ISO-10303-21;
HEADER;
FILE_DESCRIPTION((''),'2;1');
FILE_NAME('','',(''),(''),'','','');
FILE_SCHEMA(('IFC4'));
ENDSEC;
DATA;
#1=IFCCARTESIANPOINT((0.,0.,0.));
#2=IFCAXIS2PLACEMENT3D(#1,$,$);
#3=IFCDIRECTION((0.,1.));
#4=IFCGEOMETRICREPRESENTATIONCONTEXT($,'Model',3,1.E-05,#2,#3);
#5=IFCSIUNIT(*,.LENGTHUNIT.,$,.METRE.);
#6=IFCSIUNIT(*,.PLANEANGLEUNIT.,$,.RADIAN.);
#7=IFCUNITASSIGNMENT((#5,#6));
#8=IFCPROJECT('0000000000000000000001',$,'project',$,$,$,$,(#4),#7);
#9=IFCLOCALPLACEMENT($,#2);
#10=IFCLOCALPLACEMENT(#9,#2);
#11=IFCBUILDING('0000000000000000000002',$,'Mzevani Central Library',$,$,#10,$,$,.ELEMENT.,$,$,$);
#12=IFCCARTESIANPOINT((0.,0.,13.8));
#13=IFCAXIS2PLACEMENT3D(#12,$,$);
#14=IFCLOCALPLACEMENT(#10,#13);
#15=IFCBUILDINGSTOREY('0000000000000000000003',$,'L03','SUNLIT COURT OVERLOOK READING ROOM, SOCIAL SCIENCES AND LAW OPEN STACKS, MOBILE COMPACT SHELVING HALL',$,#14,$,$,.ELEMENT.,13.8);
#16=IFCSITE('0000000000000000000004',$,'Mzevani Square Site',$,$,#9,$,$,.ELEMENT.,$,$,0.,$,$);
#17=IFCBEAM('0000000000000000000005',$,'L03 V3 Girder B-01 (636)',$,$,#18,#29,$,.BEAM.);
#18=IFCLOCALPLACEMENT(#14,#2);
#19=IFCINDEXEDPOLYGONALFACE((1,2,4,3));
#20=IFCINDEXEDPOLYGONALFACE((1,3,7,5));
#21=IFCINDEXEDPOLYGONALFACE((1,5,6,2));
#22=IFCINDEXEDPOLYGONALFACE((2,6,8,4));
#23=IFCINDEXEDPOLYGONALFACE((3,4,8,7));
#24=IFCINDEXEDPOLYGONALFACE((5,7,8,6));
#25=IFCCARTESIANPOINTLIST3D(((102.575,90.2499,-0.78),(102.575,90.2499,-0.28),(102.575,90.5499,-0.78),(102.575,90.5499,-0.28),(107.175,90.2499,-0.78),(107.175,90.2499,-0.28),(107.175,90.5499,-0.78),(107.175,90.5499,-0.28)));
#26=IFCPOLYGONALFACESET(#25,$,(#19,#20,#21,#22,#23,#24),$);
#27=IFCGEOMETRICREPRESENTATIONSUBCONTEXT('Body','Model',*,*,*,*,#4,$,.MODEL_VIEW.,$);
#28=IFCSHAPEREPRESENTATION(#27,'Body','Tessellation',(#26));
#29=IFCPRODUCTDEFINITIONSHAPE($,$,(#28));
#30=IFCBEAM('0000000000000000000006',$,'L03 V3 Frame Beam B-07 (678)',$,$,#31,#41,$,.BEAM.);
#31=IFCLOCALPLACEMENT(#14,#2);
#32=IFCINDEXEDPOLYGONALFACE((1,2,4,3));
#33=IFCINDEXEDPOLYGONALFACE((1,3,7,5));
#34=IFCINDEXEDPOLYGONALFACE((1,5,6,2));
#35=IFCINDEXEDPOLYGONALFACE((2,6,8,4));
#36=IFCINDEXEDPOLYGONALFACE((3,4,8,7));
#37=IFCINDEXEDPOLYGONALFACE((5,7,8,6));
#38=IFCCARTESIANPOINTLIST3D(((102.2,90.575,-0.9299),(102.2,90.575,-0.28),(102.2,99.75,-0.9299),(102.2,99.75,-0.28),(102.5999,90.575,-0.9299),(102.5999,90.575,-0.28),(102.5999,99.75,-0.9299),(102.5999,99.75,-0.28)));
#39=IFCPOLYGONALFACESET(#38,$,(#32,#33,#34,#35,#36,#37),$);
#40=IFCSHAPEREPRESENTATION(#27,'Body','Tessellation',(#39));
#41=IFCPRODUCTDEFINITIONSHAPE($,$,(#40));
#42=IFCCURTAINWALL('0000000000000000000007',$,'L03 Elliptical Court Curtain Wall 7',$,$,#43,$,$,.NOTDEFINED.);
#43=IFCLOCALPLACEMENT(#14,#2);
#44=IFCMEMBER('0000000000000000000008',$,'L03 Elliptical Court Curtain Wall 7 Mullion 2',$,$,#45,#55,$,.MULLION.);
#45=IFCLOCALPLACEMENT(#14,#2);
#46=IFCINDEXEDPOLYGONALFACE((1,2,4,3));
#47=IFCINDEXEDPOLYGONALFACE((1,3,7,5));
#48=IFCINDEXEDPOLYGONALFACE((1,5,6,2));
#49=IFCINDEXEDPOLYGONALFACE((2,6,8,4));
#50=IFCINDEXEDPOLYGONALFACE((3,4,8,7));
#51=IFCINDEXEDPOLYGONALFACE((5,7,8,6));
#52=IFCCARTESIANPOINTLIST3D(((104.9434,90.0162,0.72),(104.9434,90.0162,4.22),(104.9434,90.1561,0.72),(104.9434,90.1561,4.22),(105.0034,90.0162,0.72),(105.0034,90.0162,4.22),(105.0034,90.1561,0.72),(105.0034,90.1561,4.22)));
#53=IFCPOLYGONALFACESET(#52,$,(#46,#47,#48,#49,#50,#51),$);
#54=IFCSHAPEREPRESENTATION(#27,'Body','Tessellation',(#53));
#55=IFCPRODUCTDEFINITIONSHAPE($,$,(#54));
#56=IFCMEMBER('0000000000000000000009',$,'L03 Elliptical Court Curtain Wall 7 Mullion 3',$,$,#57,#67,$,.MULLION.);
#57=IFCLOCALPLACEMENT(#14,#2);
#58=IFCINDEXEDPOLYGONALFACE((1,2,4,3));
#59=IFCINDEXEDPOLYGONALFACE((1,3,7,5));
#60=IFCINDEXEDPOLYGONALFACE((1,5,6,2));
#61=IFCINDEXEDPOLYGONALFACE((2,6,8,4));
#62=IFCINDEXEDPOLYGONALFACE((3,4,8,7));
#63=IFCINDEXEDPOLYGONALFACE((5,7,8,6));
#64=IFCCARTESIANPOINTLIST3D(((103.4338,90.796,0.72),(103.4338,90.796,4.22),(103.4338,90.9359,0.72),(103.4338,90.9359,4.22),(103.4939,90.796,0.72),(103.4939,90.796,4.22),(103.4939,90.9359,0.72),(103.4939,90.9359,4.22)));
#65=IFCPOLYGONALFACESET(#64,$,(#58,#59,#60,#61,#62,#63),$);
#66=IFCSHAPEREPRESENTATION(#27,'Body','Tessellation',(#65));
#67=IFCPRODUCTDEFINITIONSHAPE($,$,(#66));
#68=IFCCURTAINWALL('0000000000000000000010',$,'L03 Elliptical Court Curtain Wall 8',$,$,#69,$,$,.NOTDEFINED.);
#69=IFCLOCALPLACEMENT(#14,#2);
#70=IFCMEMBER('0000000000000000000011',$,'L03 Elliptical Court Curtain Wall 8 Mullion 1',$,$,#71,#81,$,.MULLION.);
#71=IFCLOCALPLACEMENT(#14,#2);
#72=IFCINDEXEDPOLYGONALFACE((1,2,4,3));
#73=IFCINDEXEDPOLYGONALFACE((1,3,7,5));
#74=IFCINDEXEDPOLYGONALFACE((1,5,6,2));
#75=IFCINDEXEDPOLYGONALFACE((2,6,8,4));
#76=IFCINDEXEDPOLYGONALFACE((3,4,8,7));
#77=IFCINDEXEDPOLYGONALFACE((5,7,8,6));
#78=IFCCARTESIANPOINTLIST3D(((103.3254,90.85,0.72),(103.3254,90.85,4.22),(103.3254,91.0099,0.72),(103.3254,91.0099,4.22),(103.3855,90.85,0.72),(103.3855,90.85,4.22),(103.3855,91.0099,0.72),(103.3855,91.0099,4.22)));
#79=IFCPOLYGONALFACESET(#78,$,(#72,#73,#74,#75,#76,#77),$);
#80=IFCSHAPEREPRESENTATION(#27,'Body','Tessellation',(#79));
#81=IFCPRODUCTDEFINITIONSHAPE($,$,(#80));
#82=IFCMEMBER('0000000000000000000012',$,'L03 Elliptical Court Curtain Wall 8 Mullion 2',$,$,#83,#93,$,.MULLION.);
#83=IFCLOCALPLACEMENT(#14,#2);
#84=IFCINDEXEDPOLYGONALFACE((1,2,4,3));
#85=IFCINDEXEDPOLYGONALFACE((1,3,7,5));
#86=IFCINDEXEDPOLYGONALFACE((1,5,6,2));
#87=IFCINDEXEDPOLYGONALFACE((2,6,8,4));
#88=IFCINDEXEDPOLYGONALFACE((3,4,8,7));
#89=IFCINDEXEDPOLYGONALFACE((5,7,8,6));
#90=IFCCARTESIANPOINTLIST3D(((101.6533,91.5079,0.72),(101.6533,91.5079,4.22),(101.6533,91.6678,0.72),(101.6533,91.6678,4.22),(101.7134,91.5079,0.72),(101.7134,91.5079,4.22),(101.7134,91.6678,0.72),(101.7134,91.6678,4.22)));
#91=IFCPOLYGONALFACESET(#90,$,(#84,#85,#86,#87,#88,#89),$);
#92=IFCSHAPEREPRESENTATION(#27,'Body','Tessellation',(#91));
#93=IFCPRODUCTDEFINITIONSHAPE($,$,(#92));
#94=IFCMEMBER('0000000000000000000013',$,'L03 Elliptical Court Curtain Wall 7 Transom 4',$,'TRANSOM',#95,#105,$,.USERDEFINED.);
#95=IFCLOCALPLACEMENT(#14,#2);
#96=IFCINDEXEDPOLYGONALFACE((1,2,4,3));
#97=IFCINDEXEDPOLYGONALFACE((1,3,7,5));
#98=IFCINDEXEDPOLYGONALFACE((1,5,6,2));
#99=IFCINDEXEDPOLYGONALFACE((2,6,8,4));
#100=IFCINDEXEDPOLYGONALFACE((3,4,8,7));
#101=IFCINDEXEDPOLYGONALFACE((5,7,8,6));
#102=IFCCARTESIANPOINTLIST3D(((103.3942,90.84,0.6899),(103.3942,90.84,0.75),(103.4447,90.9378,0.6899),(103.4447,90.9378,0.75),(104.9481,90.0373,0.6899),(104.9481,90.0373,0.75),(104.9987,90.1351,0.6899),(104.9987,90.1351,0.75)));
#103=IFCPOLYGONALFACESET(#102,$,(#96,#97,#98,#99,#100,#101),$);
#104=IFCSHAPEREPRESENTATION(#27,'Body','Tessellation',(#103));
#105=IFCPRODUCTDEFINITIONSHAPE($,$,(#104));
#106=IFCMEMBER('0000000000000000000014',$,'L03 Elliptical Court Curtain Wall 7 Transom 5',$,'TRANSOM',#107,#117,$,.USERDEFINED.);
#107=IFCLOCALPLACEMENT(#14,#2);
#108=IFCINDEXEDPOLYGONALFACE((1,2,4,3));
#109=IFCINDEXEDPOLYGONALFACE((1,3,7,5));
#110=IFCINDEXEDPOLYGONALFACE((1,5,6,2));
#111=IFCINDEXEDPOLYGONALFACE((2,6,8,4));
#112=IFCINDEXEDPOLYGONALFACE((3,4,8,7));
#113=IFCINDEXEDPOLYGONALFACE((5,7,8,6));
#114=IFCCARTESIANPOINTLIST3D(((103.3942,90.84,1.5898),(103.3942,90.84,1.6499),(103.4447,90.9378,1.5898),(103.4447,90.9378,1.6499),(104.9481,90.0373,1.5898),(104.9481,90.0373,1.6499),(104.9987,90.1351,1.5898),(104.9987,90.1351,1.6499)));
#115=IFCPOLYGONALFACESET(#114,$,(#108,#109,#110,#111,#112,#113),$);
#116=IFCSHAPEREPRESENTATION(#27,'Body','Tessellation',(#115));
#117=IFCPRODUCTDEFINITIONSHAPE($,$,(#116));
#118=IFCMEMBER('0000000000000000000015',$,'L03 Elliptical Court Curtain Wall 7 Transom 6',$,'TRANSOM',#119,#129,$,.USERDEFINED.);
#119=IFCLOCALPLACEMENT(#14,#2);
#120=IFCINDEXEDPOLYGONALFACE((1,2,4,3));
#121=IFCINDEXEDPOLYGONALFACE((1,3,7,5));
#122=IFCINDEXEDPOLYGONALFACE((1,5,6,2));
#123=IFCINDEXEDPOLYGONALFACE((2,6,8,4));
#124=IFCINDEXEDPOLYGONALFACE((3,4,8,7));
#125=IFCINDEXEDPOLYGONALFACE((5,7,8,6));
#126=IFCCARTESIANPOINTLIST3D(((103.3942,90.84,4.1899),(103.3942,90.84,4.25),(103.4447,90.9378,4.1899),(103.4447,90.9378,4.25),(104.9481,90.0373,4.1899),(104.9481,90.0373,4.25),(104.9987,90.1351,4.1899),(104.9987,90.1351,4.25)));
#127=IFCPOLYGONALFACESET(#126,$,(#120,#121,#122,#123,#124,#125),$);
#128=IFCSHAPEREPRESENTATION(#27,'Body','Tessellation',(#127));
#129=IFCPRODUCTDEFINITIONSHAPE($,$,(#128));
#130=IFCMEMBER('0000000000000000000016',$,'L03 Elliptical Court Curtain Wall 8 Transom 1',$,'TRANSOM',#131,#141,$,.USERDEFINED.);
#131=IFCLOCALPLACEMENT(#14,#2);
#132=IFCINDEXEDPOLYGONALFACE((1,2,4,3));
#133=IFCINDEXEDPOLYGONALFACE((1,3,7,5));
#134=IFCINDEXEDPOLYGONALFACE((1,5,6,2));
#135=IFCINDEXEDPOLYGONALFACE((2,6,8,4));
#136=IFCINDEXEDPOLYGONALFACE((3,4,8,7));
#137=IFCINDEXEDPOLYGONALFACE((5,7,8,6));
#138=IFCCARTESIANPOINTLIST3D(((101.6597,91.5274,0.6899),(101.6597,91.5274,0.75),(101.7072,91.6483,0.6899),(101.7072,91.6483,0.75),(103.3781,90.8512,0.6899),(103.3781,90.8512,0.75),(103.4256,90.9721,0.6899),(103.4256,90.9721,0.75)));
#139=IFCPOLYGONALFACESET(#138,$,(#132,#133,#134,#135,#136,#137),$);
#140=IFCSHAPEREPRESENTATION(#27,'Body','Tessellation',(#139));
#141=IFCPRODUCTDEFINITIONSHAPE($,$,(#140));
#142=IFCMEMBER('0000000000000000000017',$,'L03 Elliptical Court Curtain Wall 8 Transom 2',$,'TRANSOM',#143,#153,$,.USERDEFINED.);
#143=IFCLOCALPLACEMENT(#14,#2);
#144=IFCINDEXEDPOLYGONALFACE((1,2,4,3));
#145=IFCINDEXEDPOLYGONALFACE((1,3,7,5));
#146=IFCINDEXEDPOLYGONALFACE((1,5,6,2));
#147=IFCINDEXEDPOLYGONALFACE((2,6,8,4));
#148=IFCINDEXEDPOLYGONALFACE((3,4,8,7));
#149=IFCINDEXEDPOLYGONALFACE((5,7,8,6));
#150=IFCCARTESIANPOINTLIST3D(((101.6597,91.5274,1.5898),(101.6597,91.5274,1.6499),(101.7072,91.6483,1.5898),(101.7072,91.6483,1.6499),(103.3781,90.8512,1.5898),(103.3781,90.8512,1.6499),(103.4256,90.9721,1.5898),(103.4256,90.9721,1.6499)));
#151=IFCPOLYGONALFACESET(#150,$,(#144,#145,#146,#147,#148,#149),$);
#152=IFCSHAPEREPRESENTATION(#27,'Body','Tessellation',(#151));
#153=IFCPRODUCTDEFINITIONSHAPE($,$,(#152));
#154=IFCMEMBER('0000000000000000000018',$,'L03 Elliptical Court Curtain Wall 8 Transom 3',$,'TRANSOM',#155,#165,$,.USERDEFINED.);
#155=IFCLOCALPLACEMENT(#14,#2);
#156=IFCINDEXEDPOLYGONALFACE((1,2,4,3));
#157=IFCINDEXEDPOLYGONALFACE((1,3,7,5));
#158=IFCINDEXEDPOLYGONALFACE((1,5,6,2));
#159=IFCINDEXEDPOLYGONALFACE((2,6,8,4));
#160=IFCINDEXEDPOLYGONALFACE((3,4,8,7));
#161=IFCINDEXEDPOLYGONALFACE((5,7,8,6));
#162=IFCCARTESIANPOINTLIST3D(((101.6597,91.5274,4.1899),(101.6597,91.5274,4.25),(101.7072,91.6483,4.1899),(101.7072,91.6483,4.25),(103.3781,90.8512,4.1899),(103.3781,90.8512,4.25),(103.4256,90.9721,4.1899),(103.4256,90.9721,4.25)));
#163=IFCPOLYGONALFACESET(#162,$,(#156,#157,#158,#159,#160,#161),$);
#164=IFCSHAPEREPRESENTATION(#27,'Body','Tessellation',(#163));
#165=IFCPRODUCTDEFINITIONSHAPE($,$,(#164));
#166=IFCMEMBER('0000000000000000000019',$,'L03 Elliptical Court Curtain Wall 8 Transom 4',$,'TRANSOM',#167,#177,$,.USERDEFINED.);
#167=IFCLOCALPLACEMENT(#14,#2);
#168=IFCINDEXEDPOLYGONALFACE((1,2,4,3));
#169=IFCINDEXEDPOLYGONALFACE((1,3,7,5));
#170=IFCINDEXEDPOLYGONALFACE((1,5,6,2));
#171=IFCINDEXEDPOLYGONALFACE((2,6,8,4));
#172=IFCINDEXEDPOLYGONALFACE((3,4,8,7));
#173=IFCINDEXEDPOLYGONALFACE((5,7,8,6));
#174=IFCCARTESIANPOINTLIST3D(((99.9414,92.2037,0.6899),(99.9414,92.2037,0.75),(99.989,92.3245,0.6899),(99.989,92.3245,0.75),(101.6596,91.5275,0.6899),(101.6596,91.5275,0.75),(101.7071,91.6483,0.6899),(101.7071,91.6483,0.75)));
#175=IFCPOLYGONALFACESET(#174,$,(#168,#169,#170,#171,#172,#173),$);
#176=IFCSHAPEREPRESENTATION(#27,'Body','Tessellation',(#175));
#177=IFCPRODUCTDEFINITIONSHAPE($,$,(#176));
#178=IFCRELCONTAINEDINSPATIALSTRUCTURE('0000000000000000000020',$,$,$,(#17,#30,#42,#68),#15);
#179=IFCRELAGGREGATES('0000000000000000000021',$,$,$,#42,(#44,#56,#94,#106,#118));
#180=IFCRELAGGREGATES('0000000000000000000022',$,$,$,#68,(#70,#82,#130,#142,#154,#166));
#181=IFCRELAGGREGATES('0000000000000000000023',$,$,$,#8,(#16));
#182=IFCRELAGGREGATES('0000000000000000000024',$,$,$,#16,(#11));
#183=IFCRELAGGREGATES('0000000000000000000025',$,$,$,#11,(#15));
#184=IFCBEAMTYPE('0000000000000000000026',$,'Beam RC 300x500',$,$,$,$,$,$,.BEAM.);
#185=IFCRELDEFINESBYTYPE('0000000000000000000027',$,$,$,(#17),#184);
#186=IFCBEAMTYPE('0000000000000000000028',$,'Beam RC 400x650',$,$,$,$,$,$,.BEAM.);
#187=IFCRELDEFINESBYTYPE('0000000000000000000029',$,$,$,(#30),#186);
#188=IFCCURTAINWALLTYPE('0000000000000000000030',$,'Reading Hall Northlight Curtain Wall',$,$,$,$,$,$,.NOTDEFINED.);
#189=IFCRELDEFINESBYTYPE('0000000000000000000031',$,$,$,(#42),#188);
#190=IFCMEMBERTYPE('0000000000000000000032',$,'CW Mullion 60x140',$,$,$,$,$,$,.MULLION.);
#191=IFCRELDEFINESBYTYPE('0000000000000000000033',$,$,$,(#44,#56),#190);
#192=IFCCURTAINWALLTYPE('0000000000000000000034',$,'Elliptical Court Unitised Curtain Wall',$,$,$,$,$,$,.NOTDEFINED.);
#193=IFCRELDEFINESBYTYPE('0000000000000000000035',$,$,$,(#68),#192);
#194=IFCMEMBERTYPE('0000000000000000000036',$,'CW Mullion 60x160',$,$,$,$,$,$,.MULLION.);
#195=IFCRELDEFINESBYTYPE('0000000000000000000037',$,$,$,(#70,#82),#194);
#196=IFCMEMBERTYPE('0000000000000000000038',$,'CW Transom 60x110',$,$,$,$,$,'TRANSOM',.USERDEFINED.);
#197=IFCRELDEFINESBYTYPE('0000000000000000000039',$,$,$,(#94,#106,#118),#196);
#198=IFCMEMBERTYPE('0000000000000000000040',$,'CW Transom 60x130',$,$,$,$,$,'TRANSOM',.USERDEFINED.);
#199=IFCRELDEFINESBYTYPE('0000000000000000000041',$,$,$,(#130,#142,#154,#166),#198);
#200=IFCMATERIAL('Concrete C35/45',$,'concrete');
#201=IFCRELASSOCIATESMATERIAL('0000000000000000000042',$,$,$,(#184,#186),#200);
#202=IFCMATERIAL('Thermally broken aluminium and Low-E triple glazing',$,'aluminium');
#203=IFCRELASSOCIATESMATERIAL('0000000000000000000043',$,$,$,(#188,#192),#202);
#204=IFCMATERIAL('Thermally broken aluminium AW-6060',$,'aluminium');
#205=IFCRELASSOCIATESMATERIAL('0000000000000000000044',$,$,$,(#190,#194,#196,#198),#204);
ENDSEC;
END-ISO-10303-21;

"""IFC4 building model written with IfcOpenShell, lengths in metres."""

from ifc_helpers import new_model, si_unit, direction, frame, origin, origin_2d, place, context, subcontext, project, spatial, rectangle, extrude, material, material_profile, profile_set, type_object, element, aggregate, save


model = new_model("IFC4")

# Units and contexts
model_context = context("Model", 3, precision=1e-05, world=origin(), true_north=direction((0.0, 1.0)))
body_context = subcontext(model_context, "Body", "Model", "MODEL_VIEW")
ifc_project = project(units=[si_unit("LENGTHUNIT", "METRE"), si_unit("PLANEANGLEUNIT", "RADIAN")], contexts=[model_context])

# Site, building, storey
site_placement = place(None, origin())
site = spatial("IfcSite", under=ifc_project, at=site_placement, Name="Mzevani Square Site", CompositionType="ELEMENT", RefElevation=0.0)
building_placement = place(site_placement, origin())
building = spatial("IfcBuilding", under=site, at=building_placement, Name="Mzevani Central Library", CompositionType="ELEMENT")
storey_placement = place(building_placement, frame((0.0, 0.0, 13.8)))
storey = spatial("IfcBuildingStorey", under=building, at=storey_placement, Name="L03", Description="SUNLIT COURT OVERLOOK READING ROOM, SOCIAL SCIENCES AND LAW OPEN STACKS, MOBILE COMPACT SHELVING HALL", CompositionType="ELEMENT", Elevation=13.8)

# Beams
ifc_material_1 = material(Name="Concrete C35/45", Category="concrete")
ifc_material_profile_1 = material_profile(ifc_material_1, rectangle(XDim=0.3, YDim=0.5, at=origin_2d()), Name="RC B300x500")
ifc_profile_set_1 = profile_set([ifc_material_profile_1], Name="Concrete C35/45")
beam_type_1 = type_object("IfcBeamType", Name="Beam RC 300x500", PredefinedType="BEAM", material=ifc_profile_set_1)
beam_1_placement = place(storey_placement, frame((102.575, 90.3999, -0.53), z_axis=(1.0, 0.0, 0.0), x_axis=(0.0, 1.0, 0.0)))
element("IfcBeam", 1, at=beam_1_placement, inside=storey, type_object=beam_type_1, Name="L03 V3 Girder B-01 (636)", PredefinedType="BEAM", context=body_context, shape_type="SweptSolid", body=[
    extrude(rectangle(XDim=0.3, YDim=0.5, at=origin_2d()), origin(), (0.0, 0.0, 1.0), 4.6001),
])
ifc_material_profile_2 = material_profile(ifc_material_1, rectangle(XDim=0.3999, YDim=0.6499, at=origin_2d()), Name="RC B400x650")
ifc_profile_set_2 = profile_set([ifc_material_profile_2], Name="Concrete C35/45")
beam_type_2 = type_object("IfcBeamType", Name="Beam RC 400x650", PredefinedType="BEAM", material=ifc_profile_set_2)
beam_2_placement = place(storey_placement, frame((102.3999, 90.575, -0.605), z_axis=(0.0, 1.0, 0.0), x_axis=(-1.0, 0.0, 0.0)))
element("IfcBeam", 2, at=beam_2_placement, inside=storey, type_object=beam_type_2, Name="L03 V3 Frame Beam B-07 (678)", PredefinedType="BEAM", context=body_context, shape_type="SweptSolid", body=[
    extrude(rectangle(XDim=0.3999, YDim=0.6499, at=origin_2d()), origin(), (0.0, 0.0, 1.0), 9.175),
])

# Curtain walls, members
ifc_material_2 = material(Name="Thermally broken aluminium and Low-E triple glazing", Category="aluminium")
curtain_wall_type_1 = type_object("IfcCurtainWallType", Name="Reading Hall Northlight Curtain Wall", PredefinedType="NOTDEFINED", material=ifc_material_2)
curtain_wall_1_placement = place(storey_placement, origin())
curtain_wall_1 = element("IfcCurtainWall", 3, at=curtain_wall_1_placement, inside=storey, type_object=curtain_wall_type_1, Name="L03 Elliptical Court Curtain Wall 7", PredefinedType="NOTDEFINED")
ifc_material_3 = material(Name="Thermally broken aluminium AW-6060", Category="aluminium")
ifc_material_profile_3 = material_profile(ifc_material_3, rectangle(XDim=0.0601, YDim=0.1399, at=origin_2d()), Name="ALU M60x140")
ifc_profile_set_3 = profile_set([ifc_material_profile_3], Name="Thermally broken aluminium AW-6060")
member_type_1 = type_object("IfcMemberType", Name="CW Mullion 60x140", PredefinedType="MULLION", material=ifc_profile_set_3)
member_1_placement = place(storey_placement, frame((104.9734, 90.0862, 0.72), z_axis=(0.0, 0.0, 1.0), x_axis=(1.0, 0.0, 0.0)))
member_1 = element("IfcMember", 4, at=member_1_placement, type_object=member_type_1, Name="L03 Elliptical Court Curtain Wall 7 Mullion 2", PredefinedType="MULLION", context=body_context, shape_type="SweptSolid", body=[
    extrude(rectangle(XDim=0.0601, YDim=0.1399, at=origin_2d()), origin(), (0.0, 0.0, 1.0), 3.5),
])
member_2_placement = place(storey_placement, frame((103.4639, 90.866, 0.72), z_axis=(0.0, 0.0, 1.0), x_axis=(1.0, 0.0, 0.0)))
member_2 = element("IfcMember", 5, at=member_2_placement, type_object=member_type_1, Name="L03 Elliptical Court Curtain Wall 7 Mullion 3", PredefinedType="MULLION", context=body_context, shape_type="SweptSolid", body=[
    extrude(rectangle(XDim=0.0601, YDim=0.1399, at=origin_2d()), origin(), (0.0, 0.0, 1.0), 3.5),
])
curtain_wall_type_2 = type_object("IfcCurtainWallType", Name="Elliptical Court Unitised Curtain Wall", PredefinedType="NOTDEFINED", material=ifc_material_2)
curtain_wall_2_placement = place(storey_placement, origin())
curtain_wall_2 = element("IfcCurtainWall", 6, at=curtain_wall_2_placement, inside=storey, type_object=curtain_wall_type_2, Name="L03 Elliptical Court Curtain Wall 8", PredefinedType="NOTDEFINED")
ifc_material_profile_4 = material_profile(ifc_material_3, rectangle(XDim=0.0601, YDim=0.1599, at=origin_2d()), Name="ALU M60x160")
ifc_profile_set_4 = profile_set([ifc_material_profile_4], Name="Thermally broken aluminium AW-6060")
member_type_2 = type_object("IfcMemberType", Name="CW Mullion 60x160", PredefinedType="MULLION", material=ifc_profile_set_4)
member_3_placement = place(storey_placement, frame((103.3555, 90.9299, 0.72), z_axis=(0.0, 0.0, 1.0), x_axis=(1.0, 0.0, 0.0)))
member_3 = element("IfcMember", 7, at=member_3_placement, type_object=member_type_2, Name="L03 Elliptical Court Curtain Wall 8 Mullion 1", PredefinedType="MULLION", context=body_context, shape_type="SweptSolid", body=[
    extrude(rectangle(XDim=0.0601, YDim=0.1599, at=origin_2d()), origin(), (0.0, 0.0, 1.0), 3.5),
])
member_4_placement = place(storey_placement, frame((101.6833, 91.5879, 0.72), z_axis=(0.0, 0.0, 1.0), x_axis=(1.0, 0.0, 0.0)))
member_4 = element("IfcMember", 8, at=member_4_placement, type_object=member_type_2, Name="L03 Elliptical Court Curtain Wall 8 Mullion 2", PredefinedType="MULLION", context=body_context, shape_type="SweptSolid", body=[
    extrude(rectangle(XDim=0.0601, YDim=0.1599, at=origin_2d()), origin(), (0.0, 0.0, 1.0), 3.5),
])

# Members
ifc_material_profile_5 = material_profile(ifc_material_3, rectangle(XDim=0.1101, YDim=0.0601, at=origin_2d()), Name="ALU T60x110")
ifc_profile_set_5 = profile_set([ifc_material_profile_5], Name="Thermally broken aluminium AW-6060")
member_type_3 = type_object("IfcMemberType", Name="CW Transom 60x110", ElementType="TRANSOM", PredefinedType="USERDEFINED", material=ifc_profile_set_5)
member_5_placement = place(storey_placement, frame((104.9734, 90.0862, 0.72), z_axis=(-0.888459, 0.458956, 0.0), x_axis=(-0.458956, -0.888459, 0.0)))
member_5 = element("IfcMember", 9, at=member_5_placement, type_object=member_type_3, Name="L03 Elliptical Court Curtain Wall 7 Transom 4", ObjectType="TRANSOM", PredefinedType="USERDEFINED", context=body_context, shape_type="SweptSolid", body=[
    extrude(rectangle(XDim=0.1101, YDim=0.0601, at=origin_2d()), origin(), (0.0, 0.0, 1.0), 1.749),
])
member_6_placement = place(storey_placement, frame((104.9734, 90.0862, 1.6199), z_axis=(-0.888459, 0.458956, 0.0), x_axis=(-0.458956, -0.888459, 0.0)))
member_6 = element("IfcMember", 10, at=member_6_placement, type_object=member_type_3, Name="L03 Elliptical Court Curtain Wall 7 Transom 5", ObjectType="TRANSOM", PredefinedType="USERDEFINED", context=body_context, shape_type="SweptSolid", body=[
    extrude(rectangle(XDim=0.1101, YDim=0.0601, at=origin_2d()), origin(), (0.0, 0.0, 1.0), 1.749),
])
member_7_placement = place(storey_placement, frame((104.9734, 90.0862, 4.22), z_axis=(-0.888459, 0.458956, 0.0), x_axis=(-0.458956, -0.888459, 0.0)))
member_7 = element("IfcMember", 11, at=member_7_placement, type_object=member_type_3, Name="L03 Elliptical Court Curtain Wall 7 Transom 6", ObjectType="TRANSOM", PredefinedType="USERDEFINED", context=body_context, shape_type="SweptSolid", body=[
    extrude(rectangle(XDim=0.1101, YDim=0.0601, at=origin_2d()), origin(), (0.0, 0.0, 1.0), 1.749),
])
ifc_material_profile_6 = material_profile(ifc_material_3, rectangle(XDim=0.1299, YDim=0.0601, at=origin_2d()), Name="ALU T60x130")
ifc_profile_set_6 = profile_set([ifc_material_profile_6], Name="Thermally broken aluminium AW-6060")
member_type_4 = type_object("IfcMemberType", Name="CW Transom 60x130", ElementType="TRANSOM", PredefinedType="USERDEFINED", material=ifc_profile_set_6)
member_8_placement = place(storey_placement, frame((103.4019, 90.9116, 0.72), z_axis=(-0.930541, 0.366188, 0.0), x_axis=(-0.366188, -0.930541, 0.0)))
member_8 = element("IfcMember", 12, at=member_8_placement, type_object=member_type_4, Name="L03 Elliptical Court Curtain Wall 8 Transom 1", ObjectType="TRANSOM", PredefinedType="USERDEFINED", context=body_context, shape_type="SweptSolid", body=[
    extrude(rectangle(XDim=0.1299, YDim=0.0601, at=origin_2d()), origin(), (0.0, 0.0, 1.0), 1.8467),
])
member_9_placement = place(storey_placement, frame((103.4019, 90.9116, 1.6199), z_axis=(-0.930541, 0.366188, 0.0), x_axis=(-0.366188, -0.930541, 0.0)))
member_9 = element("IfcMember", 13, at=member_9_placement, type_object=member_type_4, Name="L03 Elliptical Court Curtain Wall 8 Transom 2", ObjectType="TRANSOM", PredefinedType="USERDEFINED", context=body_context, shape_type="SweptSolid", body=[
    extrude(rectangle(XDim=0.1299, YDim=0.0601, at=origin_2d()), origin(), (0.0, 0.0, 1.0), 1.8467),
])
member_10_placement = place(storey_placement, frame((103.4019, 90.9116, 4.22), z_axis=(-0.930541, 0.366188, 0.0), x_axis=(-0.366188, -0.930541, 0.0)))
member_10 = element("IfcMember", 14, at=member_10_placement, type_object=member_type_4, Name="L03 Elliptical Court Curtain Wall 8 Transom 3", ObjectType="TRANSOM", PredefinedType="USERDEFINED", context=body_context, shape_type="SweptSolid", body=[
    extrude(rectangle(XDim=0.1299, YDim=0.0601, at=origin_2d()), origin(), (0.0, 0.0, 1.0), 1.8467),
])
member_11_placement = place(storey_placement, frame((101.6833, 91.5879, 0.72), z_axis=(-0.930523, 0.366233, 0.0), x_axis=(-0.366233, -0.930523, 0.0)))
member_11 = element("IfcMember", 15, at=member_11_placement, type_object=member_type_4, Name="L03 Elliptical Court Curtain Wall 8 Transom 4", ObjectType="TRANSOM", PredefinedType="USERDEFINED", context=body_context, shape_type="SweptSolid", body=[
    extrude(rectangle(XDim=0.1299, YDim=0.0601, at=origin_2d()), origin(), (0.0, 0.0, 1.0), 1.8464),
])

aggregate(curtain_wall_1, [member_1, member_2, member_5, member_6, member_7])
aggregate(curtain_wall_2, [member_3, member_4, member_8, member_9, member_10, member_11])

save(model, "model.ifc")
